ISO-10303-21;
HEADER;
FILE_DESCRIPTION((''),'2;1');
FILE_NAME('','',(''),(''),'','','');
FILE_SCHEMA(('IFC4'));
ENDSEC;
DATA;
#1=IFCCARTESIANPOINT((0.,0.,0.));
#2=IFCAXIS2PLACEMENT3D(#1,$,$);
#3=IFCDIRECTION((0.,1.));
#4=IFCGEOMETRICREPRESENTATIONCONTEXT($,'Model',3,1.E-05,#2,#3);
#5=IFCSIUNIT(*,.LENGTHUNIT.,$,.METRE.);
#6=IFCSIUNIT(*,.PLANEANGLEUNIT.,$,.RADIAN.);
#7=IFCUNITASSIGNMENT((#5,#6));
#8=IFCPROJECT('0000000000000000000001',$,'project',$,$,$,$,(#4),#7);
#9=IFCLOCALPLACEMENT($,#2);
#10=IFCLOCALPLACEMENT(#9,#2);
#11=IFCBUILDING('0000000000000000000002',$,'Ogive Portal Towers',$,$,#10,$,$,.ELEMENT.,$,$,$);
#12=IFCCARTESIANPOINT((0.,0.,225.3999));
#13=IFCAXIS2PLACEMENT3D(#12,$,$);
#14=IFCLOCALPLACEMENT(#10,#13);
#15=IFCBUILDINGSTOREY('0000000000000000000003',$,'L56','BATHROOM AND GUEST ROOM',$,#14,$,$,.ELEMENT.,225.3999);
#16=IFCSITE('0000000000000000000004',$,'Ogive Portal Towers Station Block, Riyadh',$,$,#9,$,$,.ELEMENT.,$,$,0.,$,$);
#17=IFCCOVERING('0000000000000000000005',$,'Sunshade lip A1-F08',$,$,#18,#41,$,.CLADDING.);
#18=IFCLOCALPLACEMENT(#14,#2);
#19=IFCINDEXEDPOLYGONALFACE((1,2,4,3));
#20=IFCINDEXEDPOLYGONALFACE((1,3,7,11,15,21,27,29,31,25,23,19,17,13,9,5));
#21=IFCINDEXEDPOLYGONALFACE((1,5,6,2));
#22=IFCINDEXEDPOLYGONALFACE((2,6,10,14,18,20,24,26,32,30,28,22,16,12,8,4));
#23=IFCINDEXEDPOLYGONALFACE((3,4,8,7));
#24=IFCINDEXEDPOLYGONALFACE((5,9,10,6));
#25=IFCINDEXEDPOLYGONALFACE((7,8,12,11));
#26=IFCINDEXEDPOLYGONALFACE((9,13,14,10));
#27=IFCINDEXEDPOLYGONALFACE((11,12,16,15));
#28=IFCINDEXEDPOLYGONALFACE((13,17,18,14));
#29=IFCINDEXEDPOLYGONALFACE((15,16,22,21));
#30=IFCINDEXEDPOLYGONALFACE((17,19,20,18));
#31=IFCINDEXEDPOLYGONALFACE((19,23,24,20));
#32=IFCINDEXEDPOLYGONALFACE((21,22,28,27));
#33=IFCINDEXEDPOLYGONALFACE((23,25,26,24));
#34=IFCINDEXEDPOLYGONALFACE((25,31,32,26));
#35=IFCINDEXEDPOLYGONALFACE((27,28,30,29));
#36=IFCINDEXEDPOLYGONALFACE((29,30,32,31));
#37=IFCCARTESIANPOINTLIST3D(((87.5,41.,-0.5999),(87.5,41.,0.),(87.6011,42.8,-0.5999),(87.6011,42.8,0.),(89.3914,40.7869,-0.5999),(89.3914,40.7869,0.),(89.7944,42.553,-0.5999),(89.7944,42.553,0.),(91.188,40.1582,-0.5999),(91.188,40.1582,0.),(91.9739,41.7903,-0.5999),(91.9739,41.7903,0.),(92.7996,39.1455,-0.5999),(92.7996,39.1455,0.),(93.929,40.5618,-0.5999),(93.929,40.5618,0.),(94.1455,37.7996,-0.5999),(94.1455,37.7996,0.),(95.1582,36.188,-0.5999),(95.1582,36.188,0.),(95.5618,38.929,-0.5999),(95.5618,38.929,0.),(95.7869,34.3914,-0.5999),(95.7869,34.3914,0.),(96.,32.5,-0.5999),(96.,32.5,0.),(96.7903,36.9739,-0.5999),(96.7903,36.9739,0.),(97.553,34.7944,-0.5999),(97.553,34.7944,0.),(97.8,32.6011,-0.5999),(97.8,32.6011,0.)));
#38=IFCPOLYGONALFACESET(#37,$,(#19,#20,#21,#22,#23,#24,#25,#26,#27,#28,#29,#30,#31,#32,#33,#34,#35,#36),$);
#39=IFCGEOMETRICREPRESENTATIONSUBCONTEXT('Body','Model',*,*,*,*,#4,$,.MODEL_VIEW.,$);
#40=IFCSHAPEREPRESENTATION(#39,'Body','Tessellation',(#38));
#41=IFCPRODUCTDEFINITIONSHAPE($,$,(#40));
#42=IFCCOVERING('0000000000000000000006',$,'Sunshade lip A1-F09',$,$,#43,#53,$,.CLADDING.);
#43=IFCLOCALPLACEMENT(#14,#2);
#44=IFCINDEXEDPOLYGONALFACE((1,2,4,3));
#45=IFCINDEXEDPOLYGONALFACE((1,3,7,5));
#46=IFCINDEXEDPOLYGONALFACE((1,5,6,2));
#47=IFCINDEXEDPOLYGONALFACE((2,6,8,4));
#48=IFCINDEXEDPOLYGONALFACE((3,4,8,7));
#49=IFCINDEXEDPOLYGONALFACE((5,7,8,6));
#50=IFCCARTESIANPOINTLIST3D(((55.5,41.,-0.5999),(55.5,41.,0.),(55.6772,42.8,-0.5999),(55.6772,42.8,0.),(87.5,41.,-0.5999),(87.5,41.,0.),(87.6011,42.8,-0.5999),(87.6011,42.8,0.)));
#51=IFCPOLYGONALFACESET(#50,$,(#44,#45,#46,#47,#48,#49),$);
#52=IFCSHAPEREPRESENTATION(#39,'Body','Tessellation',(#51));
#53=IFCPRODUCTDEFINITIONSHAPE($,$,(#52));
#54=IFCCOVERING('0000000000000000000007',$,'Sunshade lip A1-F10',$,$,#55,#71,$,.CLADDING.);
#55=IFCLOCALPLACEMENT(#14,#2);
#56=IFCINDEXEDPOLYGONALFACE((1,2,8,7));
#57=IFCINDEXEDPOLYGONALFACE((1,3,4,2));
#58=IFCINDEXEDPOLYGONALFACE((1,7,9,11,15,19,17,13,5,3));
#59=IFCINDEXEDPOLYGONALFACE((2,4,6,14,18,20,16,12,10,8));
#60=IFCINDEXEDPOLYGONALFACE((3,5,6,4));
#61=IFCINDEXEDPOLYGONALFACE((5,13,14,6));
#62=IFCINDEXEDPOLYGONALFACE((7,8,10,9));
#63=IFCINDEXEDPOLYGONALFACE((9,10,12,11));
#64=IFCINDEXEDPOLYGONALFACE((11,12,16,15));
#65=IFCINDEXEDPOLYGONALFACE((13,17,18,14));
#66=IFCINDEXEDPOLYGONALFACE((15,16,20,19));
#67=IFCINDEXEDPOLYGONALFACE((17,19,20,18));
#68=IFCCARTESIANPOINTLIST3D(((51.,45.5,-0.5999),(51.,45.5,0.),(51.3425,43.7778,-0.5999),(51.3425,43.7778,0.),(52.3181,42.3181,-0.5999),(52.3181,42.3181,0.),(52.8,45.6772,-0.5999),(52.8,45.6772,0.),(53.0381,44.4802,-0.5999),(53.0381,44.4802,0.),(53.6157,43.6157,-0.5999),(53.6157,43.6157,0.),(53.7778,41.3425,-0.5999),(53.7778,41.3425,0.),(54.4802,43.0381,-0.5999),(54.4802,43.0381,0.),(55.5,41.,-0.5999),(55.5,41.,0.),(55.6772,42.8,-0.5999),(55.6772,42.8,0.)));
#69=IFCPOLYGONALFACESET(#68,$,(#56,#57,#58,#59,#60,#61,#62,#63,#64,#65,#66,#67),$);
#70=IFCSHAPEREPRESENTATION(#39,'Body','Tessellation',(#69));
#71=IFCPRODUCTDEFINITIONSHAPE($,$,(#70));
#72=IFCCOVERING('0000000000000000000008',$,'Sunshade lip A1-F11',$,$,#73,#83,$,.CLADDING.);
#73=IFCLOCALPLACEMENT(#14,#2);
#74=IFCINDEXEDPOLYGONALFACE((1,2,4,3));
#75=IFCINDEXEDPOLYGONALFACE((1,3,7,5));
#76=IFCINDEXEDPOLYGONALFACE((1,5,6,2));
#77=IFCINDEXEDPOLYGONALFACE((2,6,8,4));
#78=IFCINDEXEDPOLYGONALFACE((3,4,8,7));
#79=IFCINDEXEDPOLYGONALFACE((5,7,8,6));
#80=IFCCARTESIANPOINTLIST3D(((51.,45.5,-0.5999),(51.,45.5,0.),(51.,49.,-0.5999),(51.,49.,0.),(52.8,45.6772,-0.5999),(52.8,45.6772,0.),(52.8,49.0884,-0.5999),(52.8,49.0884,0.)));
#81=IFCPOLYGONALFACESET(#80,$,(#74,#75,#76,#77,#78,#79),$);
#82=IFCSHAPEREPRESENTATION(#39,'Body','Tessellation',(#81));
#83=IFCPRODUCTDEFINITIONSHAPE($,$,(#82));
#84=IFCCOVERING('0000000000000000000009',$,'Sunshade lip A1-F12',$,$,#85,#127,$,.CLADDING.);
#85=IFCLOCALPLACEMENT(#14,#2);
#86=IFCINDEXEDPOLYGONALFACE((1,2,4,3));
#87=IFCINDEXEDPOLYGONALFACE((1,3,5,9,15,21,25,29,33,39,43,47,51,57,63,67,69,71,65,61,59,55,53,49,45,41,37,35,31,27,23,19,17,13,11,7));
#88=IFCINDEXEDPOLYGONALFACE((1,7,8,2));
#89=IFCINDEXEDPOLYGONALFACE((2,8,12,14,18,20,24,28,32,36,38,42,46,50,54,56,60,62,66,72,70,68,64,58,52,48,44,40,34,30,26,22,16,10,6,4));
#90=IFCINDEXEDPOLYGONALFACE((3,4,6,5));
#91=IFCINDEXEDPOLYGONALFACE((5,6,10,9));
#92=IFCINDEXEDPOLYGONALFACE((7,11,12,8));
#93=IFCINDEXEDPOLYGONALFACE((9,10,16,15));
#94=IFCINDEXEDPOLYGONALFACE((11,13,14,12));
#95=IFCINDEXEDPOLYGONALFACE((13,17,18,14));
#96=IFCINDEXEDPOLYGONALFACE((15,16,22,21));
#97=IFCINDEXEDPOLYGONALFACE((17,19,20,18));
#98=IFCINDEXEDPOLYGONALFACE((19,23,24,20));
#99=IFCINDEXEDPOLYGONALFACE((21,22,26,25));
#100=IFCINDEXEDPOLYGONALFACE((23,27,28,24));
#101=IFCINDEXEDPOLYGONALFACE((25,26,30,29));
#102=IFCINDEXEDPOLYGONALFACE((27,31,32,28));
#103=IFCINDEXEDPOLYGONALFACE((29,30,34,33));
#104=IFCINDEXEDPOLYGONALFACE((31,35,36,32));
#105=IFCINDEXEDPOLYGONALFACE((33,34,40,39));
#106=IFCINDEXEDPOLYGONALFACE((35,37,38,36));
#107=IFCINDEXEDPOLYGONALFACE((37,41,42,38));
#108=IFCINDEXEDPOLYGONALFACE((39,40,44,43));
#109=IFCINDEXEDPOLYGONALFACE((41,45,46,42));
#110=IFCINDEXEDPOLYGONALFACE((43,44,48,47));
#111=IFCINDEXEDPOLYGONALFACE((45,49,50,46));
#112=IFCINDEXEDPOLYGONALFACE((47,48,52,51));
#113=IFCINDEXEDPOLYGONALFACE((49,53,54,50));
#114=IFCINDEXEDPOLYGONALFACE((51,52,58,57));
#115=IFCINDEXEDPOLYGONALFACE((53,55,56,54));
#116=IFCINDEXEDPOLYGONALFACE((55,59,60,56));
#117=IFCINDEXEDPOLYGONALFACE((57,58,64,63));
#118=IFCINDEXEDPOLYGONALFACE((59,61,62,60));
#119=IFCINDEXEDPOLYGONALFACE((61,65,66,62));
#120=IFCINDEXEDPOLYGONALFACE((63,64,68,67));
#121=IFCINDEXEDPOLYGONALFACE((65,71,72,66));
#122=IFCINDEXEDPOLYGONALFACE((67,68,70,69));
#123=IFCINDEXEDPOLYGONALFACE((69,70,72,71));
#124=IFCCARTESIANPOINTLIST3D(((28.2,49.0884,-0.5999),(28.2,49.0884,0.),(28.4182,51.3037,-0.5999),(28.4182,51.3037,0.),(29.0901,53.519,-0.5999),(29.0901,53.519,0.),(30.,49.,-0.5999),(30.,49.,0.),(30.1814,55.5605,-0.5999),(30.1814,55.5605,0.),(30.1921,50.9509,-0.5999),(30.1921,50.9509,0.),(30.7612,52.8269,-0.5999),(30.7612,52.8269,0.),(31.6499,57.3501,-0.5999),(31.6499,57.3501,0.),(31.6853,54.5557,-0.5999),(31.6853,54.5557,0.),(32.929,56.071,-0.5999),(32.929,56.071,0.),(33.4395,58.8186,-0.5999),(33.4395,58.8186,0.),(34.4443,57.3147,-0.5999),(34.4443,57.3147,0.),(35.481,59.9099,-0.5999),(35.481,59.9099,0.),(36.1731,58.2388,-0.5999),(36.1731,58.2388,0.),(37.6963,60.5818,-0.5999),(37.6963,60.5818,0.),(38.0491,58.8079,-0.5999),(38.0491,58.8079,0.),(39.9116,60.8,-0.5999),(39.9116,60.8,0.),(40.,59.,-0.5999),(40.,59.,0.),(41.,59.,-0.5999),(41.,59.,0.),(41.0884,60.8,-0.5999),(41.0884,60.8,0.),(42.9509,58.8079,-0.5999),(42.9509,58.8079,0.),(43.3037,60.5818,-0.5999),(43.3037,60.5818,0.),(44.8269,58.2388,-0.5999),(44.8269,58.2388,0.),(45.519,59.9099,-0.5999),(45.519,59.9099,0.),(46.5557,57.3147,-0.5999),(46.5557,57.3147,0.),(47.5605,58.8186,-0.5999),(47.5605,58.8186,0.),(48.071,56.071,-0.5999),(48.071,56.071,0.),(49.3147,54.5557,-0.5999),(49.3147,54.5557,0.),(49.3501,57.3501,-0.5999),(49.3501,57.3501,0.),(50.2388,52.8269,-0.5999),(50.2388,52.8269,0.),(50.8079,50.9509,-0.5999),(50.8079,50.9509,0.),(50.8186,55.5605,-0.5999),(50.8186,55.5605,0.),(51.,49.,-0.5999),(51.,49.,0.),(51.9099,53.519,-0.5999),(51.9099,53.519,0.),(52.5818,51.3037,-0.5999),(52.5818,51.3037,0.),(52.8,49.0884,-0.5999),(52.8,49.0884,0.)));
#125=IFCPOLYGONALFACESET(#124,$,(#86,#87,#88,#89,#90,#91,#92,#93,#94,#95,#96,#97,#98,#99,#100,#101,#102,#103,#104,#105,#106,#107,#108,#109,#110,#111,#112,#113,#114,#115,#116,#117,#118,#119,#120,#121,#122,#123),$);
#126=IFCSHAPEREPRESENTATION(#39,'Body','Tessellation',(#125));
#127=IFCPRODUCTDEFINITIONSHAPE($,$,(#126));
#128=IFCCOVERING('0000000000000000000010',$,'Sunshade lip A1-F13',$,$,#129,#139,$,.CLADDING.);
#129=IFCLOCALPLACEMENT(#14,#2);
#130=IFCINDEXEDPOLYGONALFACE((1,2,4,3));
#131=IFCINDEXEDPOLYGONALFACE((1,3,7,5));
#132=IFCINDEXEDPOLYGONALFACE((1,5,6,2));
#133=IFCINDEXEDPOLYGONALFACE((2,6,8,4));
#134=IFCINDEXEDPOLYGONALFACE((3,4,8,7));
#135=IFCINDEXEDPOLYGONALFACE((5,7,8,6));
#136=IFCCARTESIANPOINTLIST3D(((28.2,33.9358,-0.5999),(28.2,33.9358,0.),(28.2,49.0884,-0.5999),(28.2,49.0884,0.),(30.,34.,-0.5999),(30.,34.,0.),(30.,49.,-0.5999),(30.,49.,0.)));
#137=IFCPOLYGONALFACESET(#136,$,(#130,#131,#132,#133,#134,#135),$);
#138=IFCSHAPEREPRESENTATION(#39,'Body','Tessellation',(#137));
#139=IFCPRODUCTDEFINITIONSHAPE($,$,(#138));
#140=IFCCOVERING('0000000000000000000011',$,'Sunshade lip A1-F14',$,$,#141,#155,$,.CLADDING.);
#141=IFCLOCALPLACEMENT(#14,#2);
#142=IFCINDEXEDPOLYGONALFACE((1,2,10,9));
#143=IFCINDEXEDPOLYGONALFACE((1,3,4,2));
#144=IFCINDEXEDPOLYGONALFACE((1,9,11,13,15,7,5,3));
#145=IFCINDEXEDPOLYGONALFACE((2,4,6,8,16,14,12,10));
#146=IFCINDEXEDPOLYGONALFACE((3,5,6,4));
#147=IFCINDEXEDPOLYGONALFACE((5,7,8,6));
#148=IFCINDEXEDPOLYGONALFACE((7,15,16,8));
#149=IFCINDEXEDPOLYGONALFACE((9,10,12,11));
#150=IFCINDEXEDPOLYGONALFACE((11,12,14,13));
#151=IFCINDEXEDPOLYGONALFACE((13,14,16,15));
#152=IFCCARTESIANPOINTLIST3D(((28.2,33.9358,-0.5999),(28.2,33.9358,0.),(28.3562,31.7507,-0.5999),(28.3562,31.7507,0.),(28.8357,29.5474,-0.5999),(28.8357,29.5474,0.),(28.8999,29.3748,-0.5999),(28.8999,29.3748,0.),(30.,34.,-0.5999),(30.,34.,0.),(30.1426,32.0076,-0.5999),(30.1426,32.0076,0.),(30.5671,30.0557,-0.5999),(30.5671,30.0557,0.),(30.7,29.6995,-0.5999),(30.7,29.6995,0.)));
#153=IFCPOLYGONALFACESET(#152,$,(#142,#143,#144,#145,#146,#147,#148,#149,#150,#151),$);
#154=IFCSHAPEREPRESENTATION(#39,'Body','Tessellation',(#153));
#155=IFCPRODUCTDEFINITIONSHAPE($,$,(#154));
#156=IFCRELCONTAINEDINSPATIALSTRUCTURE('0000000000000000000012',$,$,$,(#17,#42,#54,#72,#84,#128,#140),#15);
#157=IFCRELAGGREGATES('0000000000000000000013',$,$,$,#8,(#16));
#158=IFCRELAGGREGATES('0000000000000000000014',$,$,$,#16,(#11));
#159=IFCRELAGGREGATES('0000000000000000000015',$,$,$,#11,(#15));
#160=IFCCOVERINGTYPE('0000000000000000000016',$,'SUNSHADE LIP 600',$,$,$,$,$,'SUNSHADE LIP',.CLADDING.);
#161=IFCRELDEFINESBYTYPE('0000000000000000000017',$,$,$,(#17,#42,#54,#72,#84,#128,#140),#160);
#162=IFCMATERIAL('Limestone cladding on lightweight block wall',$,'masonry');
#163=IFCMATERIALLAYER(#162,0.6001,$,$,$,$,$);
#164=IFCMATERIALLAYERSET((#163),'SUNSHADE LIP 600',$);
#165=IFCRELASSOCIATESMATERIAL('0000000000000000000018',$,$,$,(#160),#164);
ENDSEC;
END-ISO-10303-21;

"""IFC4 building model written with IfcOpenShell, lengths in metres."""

from ifc_helpers import new_model, si_unit, direction, frame, origin, place, context, subcontext, project, spatial, polyline, outline, extrude, material, layer, layer_set, type_object, element, save


model = new_model("IFC4")

# Units and contexts
model_context = context("Model", 3, precision=1e-05, world=origin(), true_north=direction((0.0, 1.0)))
body_context = subcontext(model_context, "Body", "Model", "MODEL_VIEW")
ifc_project = project(units=[si_unit("LENGTHUNIT", "METRE"), si_unit("PLANEANGLEUNIT", "RADIAN")], contexts=[model_context])

# Site, building, storey
site_placement = place(None, origin())
site = spatial("IfcSite", under=ifc_project, at=site_placement, Name="Ogive Portal Towers Station Block, Riyadh", CompositionType="ELEMENT", RefElevation=0.0)
building_placement = place(site_placement, origin())
building = spatial("IfcBuilding", under=site, at=building_placement, Name="Ogive Portal Towers", CompositionType="ELEMENT")
storey_placement = place(building_placement, frame((0.0, 0.0, 225.3999)))
storey = spatial("IfcBuildingStorey", under=building, at=storey_placement, Name="L56", Description="BATHROOM AND GUEST ROOM", CompositionType="ELEMENT", Elevation=225.3999)

# Coverings
ifc_material_1 = material(Name="Limestone cladding on lightweight block wall", Category="masonry")
ifc_layer_1 = layer(ifc_material_1, 0.6001)
ifc_layer_set_1 = layer_set([ifc_layer_1], Name="SUNSHADE LIP 600")
covering_type_1 = type_object("IfcCoveringType", Name="SUNSHADE LIP 600", ElementType="SUNSHADE LIP", PredefinedType="CLADDING", material=ifc_layer_set_1)
covering_1_placement = place(storey_placement, frame((0.0, 0.0, -0.5999)))
element("IfcCovering", 1, at=covering_1_placement, inside=storey, type_object=covering_type_1, Name="Sunshade lip A1-F08", PredefinedType="CLADDING", context=body_context, shape_type="SweptSolid", body=[
    extrude(outline(polyline([(96.0, 32.5), (95.7869, 34.3914), (95.1582, 36.188), (94.1455, 37.7996), (92.7996, 39.1455), (91.188, 40.1582), (89.3914, 40.7869), (87.5, 41.0), (87.6011, 42.8), (89.7944, 42.553), (91.9739, 41.7903), (93.929, 40.5618), (95.5618, 38.929), (96.7903, 36.9739), (97.553, 34.7944), (97.8, 32.6011), (96.0, 32.5)])), origin(), (0.0, 0.0, 1.0), 0.5999),
])
covering_2_placement = place(storey_placement, frame((0.0, 0.0, -0.5999)))
element("IfcCovering", 2, at=covering_2_placement, inside=storey, type_object=covering_type_1, Name="Sunshade lip A1-F09", PredefinedType="CLADDING", context=body_context, shape_type="SweptSolid", body=[
    extrude(outline(polyline([(87.5, 41.0), (55.5, 41.0), (55.6772, 42.8), (87.6011, 42.8), (87.5, 41.0)])), origin(), (0.0, 0.0, 1.0), 0.5999),
])
covering_3_placement = place(storey_placement, frame((0.0, 0.0, -0.5999)))
element("IfcCovering", 3, at=covering_3_placement, inside=storey, type_object=covering_type_1, Name="Sunshade lip A1-F10", PredefinedType="CLADDING", context=body_context, shape_type="SweptSolid", body=[
    extrude(outline(polyline([(55.5, 41.0), (53.7778, 41.3425), (52.3181, 42.3181), (51.3425, 43.7778), (51.0, 45.5), (52.8, 45.6772), (53.0381, 44.4802), (53.6157, 43.6157), (54.4802, 43.0381), (55.6772, 42.8), (55.5, 41.0)])), origin(), (0.0, 0.0, 1.0), 0.5999),
])
covering_4_placement = place(storey_placement, frame((0.0, 0.0, -0.5999)))
element("IfcCovering", 4, at=covering_4_placement, inside=storey, type_object=covering_type_1, Name="Sunshade lip A1-F11", PredefinedType="CLADDING", context=body_context, shape_type="SweptSolid", body=[
    extrude(outline(polyline([(51.0, 45.5), (51.0, 49.0), (52.8, 49.0884), (52.8, 45.6772), (51.0, 45.5)])), origin(), (0.0, 0.0, 1.0), 0.5999),
])
covering_5_placement = place(storey_placement, frame((0.0, 0.0, -0.5999)))
element("IfcCovering", 5, at=covering_5_placement, inside=storey, type_object=covering_type_1, Name="Sunshade lip A1-F12", PredefinedType="CLADDING", context=body_context, shape_type="SweptSolid", body=[
    extrude(outline(polyline([(51.0, 49.0), (50.8079, 50.9509), (50.2388, 52.8269), (49.3147, 54.5557), (48.071, 56.071), (46.5557, 57.3147), (44.8269, 58.2388), (42.9509, 58.8079), (41.0, 59.0), (40.0, 59.0), (38.0491, 58.8079), (36.1731, 58.2388), (34.4443, 57.3147), (32.929, 56.071), (31.6853, 54.5557), (30.7612, 52.8269), (30.1921, 50.9509), (30.0, 49.0), (28.2, 49.0884), (28.4182, 51.3037), (29.0901, 53.519), (30.1814, 55.5605), (31.6499, 57.3501), (33.4395, 58.8186), (35.481, 59.9099), (37.6963, 60.5818), (39.9116, 60.8), (41.0884, 60.8), (43.3037, 60.5818), (45.519, 59.9099), (47.5605, 58.8186), (49.3501, 57.3501), (50.8186, 55.5605), (51.9099, 53.519), (52.5818, 51.3037), (52.8, 49.0884), (51.0, 49.0)])), origin(), (0.0, 0.0, 1.0), 0.5999),
])
covering_6_placement = place(storey_placement, frame((0.0, 0.0, -0.5999)))
element("IfcCovering", 6, at=covering_6_placement, inside=storey, type_object=covering_type_1, Name="Sunshade lip A1-F13", PredefinedType="CLADDING", context=body_context, shape_type="SweptSolid", body=[
    extrude(outline(polyline([(30.0, 49.0), (30.0, 34.0), (28.2, 33.9358), (28.2, 49.0884), (30.0, 49.0)])), origin(), (0.0, 0.0, 1.0), 0.5999),
])
covering_7_placement = place(storey_placement, frame((0.0, 0.0, -0.5999)))
element("IfcCovering", 7, at=covering_7_placement, inside=storey, type_object=covering_type_1, Name="Sunshade lip A1-F14", PredefinedType="CLADDING", context=body_context, shape_type="SweptSolid", body=[
    extrude(outline(polyline([(30.0, 34.0), (30.1426, 32.0076), (30.5671, 30.0557), (30.7, 29.6995), (28.8999, 29.3748), (28.8357, 29.5474), (28.3562, 31.7507), (28.2, 33.9358), (30.0, 34.0)])), origin(), (0.0, 0.0, 1.0), 0.5999),
])

save(model, "model.ifc")
